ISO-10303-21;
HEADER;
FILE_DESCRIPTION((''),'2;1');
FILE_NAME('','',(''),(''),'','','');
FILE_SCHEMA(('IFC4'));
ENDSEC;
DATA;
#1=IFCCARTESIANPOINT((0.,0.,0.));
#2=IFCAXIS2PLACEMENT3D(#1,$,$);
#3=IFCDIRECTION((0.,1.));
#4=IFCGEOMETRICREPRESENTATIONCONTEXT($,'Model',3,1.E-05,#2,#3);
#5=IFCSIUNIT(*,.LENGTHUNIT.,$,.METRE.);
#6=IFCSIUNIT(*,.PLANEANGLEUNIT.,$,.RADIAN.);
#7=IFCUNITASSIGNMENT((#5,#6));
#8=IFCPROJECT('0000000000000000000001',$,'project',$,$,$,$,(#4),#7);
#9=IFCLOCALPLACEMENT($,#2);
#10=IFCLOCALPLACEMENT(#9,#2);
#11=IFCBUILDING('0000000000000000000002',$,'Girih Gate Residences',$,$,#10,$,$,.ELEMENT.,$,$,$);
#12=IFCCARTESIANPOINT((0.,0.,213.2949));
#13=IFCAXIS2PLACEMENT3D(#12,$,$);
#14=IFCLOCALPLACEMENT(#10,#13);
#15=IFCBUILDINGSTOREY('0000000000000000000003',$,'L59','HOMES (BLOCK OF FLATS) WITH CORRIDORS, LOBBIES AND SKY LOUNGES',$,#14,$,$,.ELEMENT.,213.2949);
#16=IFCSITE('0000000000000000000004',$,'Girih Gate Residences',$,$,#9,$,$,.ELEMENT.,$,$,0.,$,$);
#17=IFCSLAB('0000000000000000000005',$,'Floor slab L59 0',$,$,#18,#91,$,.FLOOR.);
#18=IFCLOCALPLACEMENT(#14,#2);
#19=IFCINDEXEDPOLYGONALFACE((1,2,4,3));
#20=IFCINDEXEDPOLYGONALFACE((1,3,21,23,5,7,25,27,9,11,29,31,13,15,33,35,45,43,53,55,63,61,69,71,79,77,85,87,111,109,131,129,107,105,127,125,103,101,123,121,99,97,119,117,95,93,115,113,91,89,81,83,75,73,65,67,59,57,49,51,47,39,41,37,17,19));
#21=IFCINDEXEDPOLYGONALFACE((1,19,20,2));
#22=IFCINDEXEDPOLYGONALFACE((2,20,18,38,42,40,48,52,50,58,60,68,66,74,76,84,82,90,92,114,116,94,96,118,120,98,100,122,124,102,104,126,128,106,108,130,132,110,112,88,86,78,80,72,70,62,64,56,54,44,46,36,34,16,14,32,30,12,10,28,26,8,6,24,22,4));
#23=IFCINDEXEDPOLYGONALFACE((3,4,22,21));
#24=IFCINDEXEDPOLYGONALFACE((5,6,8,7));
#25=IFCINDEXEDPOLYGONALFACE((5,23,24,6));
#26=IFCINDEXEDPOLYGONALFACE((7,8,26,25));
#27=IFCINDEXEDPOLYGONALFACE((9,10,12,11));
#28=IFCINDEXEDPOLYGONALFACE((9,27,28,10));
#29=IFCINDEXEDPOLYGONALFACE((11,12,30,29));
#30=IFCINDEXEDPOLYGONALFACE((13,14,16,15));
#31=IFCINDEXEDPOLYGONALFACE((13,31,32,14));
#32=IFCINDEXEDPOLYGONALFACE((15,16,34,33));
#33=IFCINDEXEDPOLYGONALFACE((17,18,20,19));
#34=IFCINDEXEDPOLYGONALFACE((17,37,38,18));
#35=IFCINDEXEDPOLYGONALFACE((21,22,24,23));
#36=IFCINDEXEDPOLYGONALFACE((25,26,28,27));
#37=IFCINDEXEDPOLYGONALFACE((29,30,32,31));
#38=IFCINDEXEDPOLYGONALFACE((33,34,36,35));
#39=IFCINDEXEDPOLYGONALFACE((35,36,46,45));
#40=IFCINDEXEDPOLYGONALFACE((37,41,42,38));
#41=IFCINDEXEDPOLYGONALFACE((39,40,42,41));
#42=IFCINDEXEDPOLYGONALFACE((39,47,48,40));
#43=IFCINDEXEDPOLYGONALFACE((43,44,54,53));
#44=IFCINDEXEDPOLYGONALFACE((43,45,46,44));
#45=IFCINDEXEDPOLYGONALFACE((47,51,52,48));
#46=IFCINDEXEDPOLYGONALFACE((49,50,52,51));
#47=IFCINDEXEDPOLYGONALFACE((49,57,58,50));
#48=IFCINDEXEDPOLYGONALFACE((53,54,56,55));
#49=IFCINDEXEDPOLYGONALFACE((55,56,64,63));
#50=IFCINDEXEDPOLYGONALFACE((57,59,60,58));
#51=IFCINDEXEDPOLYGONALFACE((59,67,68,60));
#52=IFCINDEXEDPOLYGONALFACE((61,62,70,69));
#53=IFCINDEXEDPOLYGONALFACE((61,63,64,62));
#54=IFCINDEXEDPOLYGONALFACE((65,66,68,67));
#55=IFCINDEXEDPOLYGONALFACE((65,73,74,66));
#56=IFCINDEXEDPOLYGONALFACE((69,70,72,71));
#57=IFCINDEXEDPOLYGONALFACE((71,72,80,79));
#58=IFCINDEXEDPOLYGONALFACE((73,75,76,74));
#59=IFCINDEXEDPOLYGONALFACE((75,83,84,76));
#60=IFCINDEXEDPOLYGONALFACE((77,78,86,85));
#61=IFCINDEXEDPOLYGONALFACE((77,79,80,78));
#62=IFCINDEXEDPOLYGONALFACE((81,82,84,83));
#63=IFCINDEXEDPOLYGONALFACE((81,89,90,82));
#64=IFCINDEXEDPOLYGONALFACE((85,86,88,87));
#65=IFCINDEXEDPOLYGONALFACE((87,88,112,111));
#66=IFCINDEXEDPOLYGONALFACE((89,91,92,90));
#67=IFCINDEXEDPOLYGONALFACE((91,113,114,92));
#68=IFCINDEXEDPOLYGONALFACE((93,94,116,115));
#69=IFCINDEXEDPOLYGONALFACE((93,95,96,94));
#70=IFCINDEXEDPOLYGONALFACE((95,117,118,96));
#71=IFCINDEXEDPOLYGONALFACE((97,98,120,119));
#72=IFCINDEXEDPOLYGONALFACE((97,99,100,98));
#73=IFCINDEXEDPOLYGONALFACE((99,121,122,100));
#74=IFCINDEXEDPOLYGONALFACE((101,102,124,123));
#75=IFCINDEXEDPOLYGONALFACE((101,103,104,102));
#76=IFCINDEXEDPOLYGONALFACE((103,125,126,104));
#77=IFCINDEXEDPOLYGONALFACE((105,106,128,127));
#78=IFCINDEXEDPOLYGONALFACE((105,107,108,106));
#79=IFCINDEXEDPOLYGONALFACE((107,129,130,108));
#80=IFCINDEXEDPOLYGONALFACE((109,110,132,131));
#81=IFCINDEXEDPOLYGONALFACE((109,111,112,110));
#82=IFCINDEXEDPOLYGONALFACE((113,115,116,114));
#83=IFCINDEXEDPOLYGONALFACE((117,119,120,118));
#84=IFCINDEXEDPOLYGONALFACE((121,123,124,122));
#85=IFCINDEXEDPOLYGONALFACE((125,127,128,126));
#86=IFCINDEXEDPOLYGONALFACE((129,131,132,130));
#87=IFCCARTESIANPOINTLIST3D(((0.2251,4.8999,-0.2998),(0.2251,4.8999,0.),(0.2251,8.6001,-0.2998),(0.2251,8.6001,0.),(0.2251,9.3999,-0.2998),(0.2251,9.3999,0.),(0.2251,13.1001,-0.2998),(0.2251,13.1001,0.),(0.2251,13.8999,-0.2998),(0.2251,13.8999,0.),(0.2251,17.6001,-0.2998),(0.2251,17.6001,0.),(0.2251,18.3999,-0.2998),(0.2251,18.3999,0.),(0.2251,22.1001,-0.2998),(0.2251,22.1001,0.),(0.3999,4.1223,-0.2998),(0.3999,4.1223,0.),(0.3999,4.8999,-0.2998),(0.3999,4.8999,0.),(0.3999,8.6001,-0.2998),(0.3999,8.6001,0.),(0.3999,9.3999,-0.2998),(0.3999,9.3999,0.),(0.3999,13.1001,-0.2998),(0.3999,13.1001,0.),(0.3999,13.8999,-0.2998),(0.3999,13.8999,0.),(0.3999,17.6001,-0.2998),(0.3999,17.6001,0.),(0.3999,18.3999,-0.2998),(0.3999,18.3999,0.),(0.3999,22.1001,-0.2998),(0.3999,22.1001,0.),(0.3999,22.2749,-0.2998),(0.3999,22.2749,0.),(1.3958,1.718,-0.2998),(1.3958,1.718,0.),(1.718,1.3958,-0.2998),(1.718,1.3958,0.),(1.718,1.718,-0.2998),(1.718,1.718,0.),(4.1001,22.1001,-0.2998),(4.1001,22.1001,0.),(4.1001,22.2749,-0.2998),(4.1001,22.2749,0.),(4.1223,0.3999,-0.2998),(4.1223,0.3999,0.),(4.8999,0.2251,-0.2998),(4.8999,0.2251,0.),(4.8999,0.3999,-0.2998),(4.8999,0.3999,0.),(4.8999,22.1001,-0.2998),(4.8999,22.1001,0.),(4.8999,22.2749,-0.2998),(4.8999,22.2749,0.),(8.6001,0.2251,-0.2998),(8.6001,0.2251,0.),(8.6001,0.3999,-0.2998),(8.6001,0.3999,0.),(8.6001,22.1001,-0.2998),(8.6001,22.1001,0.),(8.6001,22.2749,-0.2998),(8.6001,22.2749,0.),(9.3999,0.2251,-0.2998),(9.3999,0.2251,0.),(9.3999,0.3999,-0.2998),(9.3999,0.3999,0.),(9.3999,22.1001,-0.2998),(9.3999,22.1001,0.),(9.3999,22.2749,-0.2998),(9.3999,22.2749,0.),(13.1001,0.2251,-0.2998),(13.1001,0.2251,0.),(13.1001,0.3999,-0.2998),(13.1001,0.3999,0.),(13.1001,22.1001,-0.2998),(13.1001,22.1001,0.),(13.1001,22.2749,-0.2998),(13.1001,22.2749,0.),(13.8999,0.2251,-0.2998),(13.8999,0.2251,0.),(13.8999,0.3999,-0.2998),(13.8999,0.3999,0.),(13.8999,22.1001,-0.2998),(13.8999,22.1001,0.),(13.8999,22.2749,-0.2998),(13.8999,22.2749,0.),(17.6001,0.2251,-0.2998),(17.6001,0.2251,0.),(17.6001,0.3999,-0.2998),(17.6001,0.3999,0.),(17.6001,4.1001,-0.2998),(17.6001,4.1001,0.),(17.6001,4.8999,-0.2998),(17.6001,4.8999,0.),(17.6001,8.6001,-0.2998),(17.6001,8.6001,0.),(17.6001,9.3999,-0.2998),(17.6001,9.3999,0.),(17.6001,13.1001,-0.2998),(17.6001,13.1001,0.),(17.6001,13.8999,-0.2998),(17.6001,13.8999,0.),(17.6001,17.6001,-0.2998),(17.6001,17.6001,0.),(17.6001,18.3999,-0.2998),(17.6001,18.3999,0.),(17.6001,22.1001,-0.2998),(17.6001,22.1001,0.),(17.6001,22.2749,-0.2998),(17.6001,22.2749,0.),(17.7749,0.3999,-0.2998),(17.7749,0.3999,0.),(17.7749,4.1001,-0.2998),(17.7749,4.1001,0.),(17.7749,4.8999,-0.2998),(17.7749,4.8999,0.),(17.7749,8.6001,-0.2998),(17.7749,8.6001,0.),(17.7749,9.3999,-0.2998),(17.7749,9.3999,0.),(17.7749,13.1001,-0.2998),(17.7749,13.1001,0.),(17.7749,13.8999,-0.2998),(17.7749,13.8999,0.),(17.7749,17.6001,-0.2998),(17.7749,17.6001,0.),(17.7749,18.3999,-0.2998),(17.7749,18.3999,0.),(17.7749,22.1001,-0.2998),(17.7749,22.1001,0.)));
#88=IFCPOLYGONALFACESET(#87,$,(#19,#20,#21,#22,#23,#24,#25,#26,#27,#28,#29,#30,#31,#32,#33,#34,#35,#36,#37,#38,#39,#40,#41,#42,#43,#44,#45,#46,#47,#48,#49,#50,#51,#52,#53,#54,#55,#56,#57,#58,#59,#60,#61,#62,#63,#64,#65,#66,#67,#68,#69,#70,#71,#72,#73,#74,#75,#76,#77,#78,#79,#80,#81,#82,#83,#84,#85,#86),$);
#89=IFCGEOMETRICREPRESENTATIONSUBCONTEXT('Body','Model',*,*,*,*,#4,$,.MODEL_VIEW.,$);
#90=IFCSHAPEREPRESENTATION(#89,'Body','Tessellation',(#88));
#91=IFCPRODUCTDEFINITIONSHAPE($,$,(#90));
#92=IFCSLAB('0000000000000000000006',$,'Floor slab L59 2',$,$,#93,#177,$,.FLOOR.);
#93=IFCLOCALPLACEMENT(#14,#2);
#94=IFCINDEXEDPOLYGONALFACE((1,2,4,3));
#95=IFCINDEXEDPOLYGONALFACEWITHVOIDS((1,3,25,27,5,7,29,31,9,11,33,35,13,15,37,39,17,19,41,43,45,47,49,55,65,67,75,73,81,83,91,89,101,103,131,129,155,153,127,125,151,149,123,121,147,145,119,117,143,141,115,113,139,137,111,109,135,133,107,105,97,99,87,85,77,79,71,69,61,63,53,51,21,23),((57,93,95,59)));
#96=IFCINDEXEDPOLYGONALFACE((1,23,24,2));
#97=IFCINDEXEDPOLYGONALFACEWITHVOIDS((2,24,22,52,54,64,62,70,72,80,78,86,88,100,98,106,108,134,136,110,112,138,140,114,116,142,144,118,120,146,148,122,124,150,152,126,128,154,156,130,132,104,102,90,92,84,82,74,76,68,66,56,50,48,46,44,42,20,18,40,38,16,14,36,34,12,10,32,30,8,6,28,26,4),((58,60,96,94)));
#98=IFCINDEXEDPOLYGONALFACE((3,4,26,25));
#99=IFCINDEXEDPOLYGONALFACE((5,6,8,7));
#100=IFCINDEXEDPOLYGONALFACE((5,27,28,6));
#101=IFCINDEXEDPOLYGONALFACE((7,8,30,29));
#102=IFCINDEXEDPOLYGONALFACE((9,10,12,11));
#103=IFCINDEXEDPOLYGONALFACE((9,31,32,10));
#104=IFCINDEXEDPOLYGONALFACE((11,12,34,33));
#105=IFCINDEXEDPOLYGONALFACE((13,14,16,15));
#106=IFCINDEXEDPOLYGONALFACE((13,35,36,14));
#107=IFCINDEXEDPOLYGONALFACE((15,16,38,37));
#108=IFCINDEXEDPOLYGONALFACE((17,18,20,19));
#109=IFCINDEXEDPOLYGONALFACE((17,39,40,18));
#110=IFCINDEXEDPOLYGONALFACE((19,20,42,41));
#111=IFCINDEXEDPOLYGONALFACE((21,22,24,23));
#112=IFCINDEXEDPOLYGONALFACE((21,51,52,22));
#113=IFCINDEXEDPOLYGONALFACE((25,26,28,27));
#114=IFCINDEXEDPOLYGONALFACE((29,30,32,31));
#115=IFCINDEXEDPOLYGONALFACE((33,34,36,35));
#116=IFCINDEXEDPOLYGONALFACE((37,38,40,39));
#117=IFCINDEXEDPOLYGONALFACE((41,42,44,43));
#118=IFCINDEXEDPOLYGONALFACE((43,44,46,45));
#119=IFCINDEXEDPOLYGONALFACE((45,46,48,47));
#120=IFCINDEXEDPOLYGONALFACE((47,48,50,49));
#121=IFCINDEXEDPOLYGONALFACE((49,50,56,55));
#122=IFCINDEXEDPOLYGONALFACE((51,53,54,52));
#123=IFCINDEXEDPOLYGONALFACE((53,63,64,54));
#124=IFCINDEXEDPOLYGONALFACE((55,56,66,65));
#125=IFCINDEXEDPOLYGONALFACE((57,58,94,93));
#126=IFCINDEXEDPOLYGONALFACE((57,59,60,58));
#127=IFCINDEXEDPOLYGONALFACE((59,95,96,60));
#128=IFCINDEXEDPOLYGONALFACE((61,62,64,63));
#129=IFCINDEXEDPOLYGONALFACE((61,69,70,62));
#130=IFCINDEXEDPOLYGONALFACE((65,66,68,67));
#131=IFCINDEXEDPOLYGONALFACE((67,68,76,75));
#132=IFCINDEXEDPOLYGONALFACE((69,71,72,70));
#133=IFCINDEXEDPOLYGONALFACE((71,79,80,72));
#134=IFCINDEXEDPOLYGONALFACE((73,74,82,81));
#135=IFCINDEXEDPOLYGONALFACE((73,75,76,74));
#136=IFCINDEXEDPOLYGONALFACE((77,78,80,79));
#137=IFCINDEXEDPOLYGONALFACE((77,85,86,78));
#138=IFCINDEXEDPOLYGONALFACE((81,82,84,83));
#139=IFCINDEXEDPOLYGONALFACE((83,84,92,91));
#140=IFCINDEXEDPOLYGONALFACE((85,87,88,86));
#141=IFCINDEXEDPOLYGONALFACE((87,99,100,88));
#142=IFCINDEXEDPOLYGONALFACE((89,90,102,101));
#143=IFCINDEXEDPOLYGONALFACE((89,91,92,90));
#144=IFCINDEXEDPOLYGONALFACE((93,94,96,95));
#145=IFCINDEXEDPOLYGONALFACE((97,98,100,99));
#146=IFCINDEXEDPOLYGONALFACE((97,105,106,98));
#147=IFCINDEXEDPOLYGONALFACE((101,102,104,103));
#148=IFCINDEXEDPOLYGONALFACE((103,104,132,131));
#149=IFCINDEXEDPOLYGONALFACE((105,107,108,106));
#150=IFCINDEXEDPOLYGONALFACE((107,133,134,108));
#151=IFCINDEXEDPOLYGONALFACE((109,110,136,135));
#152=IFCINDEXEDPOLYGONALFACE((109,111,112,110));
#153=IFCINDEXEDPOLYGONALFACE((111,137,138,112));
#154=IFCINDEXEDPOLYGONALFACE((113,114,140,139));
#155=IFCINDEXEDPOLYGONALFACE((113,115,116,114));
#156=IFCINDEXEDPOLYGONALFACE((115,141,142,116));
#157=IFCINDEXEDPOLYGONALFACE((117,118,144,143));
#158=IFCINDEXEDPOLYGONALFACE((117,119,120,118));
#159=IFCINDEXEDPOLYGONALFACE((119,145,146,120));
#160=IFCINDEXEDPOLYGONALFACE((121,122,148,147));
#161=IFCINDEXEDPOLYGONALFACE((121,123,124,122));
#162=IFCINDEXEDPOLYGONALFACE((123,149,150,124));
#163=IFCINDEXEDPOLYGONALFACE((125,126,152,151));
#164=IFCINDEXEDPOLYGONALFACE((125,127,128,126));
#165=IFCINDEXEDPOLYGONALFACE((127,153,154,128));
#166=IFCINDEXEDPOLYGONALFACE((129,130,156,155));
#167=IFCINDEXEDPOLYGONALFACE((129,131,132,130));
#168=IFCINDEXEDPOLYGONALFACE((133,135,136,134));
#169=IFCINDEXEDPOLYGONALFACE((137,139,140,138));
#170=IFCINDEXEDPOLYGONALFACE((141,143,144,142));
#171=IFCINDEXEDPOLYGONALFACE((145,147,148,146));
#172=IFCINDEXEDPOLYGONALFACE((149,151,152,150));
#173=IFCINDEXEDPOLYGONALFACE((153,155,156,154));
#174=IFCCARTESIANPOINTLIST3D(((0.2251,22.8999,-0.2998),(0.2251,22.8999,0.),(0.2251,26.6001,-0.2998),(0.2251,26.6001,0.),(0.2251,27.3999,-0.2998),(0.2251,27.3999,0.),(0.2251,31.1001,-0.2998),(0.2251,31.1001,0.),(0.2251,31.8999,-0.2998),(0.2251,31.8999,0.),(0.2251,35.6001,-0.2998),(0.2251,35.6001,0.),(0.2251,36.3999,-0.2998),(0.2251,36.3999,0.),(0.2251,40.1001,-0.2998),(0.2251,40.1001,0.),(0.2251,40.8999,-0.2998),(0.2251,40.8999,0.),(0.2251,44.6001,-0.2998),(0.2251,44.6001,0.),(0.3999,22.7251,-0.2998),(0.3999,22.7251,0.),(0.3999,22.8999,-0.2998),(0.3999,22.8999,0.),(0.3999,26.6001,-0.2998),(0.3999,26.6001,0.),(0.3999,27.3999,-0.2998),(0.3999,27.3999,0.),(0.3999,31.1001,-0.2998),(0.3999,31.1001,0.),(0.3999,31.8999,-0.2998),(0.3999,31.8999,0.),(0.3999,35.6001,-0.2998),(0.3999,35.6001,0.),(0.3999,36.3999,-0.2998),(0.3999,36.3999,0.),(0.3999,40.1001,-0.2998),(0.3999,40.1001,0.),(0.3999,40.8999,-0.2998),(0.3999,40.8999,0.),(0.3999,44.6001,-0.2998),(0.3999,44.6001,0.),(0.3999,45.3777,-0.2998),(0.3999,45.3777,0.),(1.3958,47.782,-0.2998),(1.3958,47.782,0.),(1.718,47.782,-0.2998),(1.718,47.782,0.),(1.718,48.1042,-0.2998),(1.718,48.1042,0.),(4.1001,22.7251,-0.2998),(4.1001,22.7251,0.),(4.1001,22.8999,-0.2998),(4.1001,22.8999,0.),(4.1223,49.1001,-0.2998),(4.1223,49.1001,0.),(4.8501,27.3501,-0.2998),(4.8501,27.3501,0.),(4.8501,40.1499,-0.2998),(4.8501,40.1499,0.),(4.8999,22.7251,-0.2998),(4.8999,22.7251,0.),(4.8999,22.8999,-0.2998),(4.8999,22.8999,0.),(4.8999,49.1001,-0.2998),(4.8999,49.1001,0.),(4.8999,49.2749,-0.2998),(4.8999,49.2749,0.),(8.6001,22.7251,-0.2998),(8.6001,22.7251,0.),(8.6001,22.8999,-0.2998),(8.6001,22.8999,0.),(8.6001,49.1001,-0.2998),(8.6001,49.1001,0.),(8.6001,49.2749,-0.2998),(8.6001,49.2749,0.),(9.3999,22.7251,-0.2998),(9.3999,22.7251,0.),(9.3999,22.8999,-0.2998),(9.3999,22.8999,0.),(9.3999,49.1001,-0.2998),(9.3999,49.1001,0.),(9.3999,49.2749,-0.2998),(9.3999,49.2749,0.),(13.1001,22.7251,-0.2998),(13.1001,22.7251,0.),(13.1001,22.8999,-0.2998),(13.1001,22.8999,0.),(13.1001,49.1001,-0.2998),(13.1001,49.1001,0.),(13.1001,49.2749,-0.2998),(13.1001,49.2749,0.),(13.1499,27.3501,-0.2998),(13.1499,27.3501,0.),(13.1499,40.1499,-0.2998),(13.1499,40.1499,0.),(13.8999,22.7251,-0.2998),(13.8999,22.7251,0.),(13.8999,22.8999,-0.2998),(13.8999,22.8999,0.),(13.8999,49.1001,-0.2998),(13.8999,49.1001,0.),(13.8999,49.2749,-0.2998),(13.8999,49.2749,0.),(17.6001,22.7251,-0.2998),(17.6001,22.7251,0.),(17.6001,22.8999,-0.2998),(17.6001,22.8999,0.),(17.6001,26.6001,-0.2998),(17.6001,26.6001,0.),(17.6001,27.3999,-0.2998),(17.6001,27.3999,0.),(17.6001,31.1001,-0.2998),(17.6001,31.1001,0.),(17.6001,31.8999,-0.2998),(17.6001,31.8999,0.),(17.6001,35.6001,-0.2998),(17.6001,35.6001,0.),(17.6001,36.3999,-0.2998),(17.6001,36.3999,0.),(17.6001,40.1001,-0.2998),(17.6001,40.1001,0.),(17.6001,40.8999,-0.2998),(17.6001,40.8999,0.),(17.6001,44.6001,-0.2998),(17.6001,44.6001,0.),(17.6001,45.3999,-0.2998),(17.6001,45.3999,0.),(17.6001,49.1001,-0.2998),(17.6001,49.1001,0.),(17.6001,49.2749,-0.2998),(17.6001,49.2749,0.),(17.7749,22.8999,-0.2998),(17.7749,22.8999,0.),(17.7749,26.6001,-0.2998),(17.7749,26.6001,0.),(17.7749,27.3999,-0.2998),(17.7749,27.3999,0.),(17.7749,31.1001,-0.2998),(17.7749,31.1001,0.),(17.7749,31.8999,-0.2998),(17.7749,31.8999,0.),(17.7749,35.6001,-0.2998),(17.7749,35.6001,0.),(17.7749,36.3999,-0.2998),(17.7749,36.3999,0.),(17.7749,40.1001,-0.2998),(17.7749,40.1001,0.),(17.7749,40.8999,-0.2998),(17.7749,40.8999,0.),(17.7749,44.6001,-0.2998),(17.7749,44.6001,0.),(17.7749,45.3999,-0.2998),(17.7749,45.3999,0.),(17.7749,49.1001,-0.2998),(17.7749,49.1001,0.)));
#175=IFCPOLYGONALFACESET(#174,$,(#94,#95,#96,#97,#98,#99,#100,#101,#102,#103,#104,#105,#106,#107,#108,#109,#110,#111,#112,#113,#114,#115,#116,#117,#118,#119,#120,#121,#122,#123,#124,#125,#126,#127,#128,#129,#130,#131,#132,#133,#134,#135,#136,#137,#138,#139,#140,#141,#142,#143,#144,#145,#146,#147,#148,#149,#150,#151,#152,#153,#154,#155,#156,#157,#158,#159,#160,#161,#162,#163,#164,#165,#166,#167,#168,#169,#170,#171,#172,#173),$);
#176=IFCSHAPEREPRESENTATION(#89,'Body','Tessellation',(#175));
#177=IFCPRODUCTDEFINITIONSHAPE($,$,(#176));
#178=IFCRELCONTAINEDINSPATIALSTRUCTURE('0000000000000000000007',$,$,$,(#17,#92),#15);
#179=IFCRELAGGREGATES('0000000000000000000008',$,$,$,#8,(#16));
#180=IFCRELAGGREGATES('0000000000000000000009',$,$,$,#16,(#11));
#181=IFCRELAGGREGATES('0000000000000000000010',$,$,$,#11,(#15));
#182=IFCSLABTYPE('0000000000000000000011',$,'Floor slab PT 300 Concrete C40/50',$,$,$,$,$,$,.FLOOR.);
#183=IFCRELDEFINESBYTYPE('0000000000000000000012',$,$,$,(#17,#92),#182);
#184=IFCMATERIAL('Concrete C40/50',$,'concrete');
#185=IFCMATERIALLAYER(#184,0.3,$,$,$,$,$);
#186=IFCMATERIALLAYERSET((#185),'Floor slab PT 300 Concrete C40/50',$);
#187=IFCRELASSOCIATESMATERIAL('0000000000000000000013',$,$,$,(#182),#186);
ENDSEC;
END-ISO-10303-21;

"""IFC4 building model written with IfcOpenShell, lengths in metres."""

from ifc_helpers import new_model, si_unit, direction, frame, origin, place, context, subcontext, project, spatial, polyline, outline, extrude, material, layer, layer_set, type_object, element, save


model = new_model("IFC4")

# Units and contexts
model_context = context("Model", 3, precision=1e-05, world=origin(), true_north=direction((0.0, 1.0)))
body_context = subcontext(model_context, "Body", "Model", "MODEL_VIEW")
ifc_project = project(units=[si_unit("LENGTHUNIT", "METRE"), si_unit("PLANEANGLEUNIT", "RADIAN")], contexts=[model_context])

# Site, building, storey
site_placement = place(None, origin())
site = spatial("IfcSite", under=ifc_project, at=site_placement, Name="Girih Gate Residences", CompositionType="ELEMENT", RefElevation=0.0)
building_placement = place(site_placement, origin())
building = spatial("IfcBuilding", under=site, at=building_placement, Name="Girih Gate Residences", CompositionType="ELEMENT")
storey_placement = place(building_placement, frame((0.0, 0.0, 213.2949)))
storey = spatial("IfcBuildingStorey", under=building, at=storey_placement, Name="L59", Description="HOMES (BLOCK OF FLATS) WITH CORRIDORS, LOBBIES AND SKY LOUNGES", CompositionType="ELEMENT", Elevation=213.2949)

# Slabs
ifc_material_1 = material(Name="Concrete C40/50", Category="concrete")
ifc_layer_1 = layer(ifc_material_1, 0.3)
ifc_layer_set_1 = layer_set([ifc_layer_1], Name="Floor slab PT 300 Concrete C40/50")
slab_type_1 = type_object("IfcSlabType", Name="Floor slab PT 300 Concrete C40/50", PredefinedType="FLOOR", material=ifc_layer_set_1)
slab_1_placement = place(storey_placement, frame((0.0, 0.0, -0.2998)))
element("IfcSlab", 1, at=slab_1_placement, inside=storey, type_object=slab_type_1, Name="Floor slab L59 0", PredefinedType="FLOOR", context=body_context, shape_type="SweptSolid", body=[
    extrude(outline(polyline([(13.8999, 0.2251), (17.6001, 0.2251), (17.6001, 0.3999), (17.7749, 0.3999), (17.7749, 4.1001), (17.6001, 4.1001), (17.6001, 4.8999), (17.7749, 4.8999), (17.7749, 8.6001), (17.6001, 8.6001), (17.6001, 9.3999), (17.7749, 9.3999), (17.7749, 13.1001), (17.6001, 13.1001), (17.6001, 13.8999), (17.7749, 13.8999), (17.7749, 17.6001), (17.6001, 17.6001), (17.6001, 18.3999), (17.7749, 18.3999), (17.7749, 22.1001), (17.6001, 22.1001), (17.6001, 22.2749), (13.8999, 22.2749), (13.8999, 22.1001), (13.1001, 22.1001), (13.1001, 22.2749), (9.3999, 22.2749), (9.3999, 22.1001), (8.6001, 22.1001), (8.6001, 22.2749), (4.8999, 22.2749), (4.8999, 22.1001), (4.1001, 22.1001), (4.1001, 22.2749), (0.3999, 22.2749), (0.3999, 22.1001), (0.2251, 22.1001), (0.2251, 18.3999), (0.3999, 18.3999), (0.3999, 17.6001), (0.2251, 17.6001), (0.2251, 13.8999), (0.3999, 13.8999), (0.3999, 13.1001), (0.2251, 13.1001), (0.2251, 9.3999), (0.3999, 9.3999), (0.3999, 8.6001), (0.2251, 8.6001), (0.2251, 4.8999), (0.3999, 4.8999), (0.3999, 4.1223), (1.3958, 1.718), (1.718, 1.718), (1.718, 1.3958), (4.1223, 0.3999), (4.8999, 0.3999), (4.8999, 0.2251), (8.6001, 0.2251), (8.6001, 0.3999), (9.3999, 0.3999), (9.3999, 0.2251), (13.1001, 0.2251), (13.1001, 0.3999), (13.8999, 0.3999), (13.8999, 0.2251)])), origin(), (0.0, 0.0, 1.0), 0.2998),
])
slab_2_placement = place(storey_placement, frame((0.0, 0.0, -0.2998)))
element("IfcSlab", 2, at=slab_2_placement, inside=storey, type_object=slab_type_1, Name="Floor slab L59 2", PredefinedType="FLOOR", context=body_context, shape_type="SweptSolid", body=[
    extrude(outline(polyline([(0.2251, 26.6001), (0.2251, 22.8999), (0.3999, 22.8999), (0.3999, 22.7251), (4.1001, 22.7251), (4.1001, 22.8999), (4.8999, 22.8999), (4.8999, 22.7251), (8.6001, 22.7251), (8.6001, 22.8999), (9.3999, 22.8999), (9.3999, 22.7251), (13.1001, 22.7251), (13.1001, 22.8999), (13.8999, 22.8999), (13.8999, 22.7251), (17.6001, 22.7251), (17.6001, 22.8999), (17.7749, 22.8999), (17.7749, 26.6001), (17.6001, 26.6001), (17.6001, 27.3999), (17.7749, 27.3999), (17.7749, 31.1001), (17.6001, 31.1001), (17.6001, 31.8999), (17.7749, 31.8999), (17.7749, 35.6001), (17.6001, 35.6001), (17.6001, 36.3999), (17.7749, 36.3999), (17.7749, 40.1001), (17.6001, 40.1001), (17.6001, 40.8999), (17.7749, 40.8999), (17.7749, 44.6001), (17.6001, 44.6001), (17.6001, 45.3999), (17.7749, 45.3999), (17.7749, 49.1001), (17.6001, 49.1001), (17.6001, 49.2749), (13.8999, 49.2749), (13.8999, 49.1001), (13.1001, 49.1001), (13.1001, 49.2749), (9.3999, 49.2749), (9.3999, 49.1001), (8.6001, 49.1001), (8.6001, 49.2749), (4.8999, 49.2749), (4.8999, 49.1001), (4.1223, 49.1001), (1.718, 48.1042), (1.718, 47.782), (1.3958, 47.782), (0.3999, 45.3777), (0.3999, 44.6001), (0.2251, 44.6001), (0.2251, 40.8999), (0.3999, 40.8999), (0.3999, 40.1001), (0.2251, 40.1001), (0.2251, 36.3999), (0.3999, 36.3999), (0.3999, 35.6001), (0.2251, 35.6001), (0.2251, 31.8999), (0.3999, 31.8999), (0.3999, 31.1001), (0.2251, 31.1001), (0.2251, 27.3999), (0.3999, 27.3999), (0.3999, 26.6001), (0.2251, 26.6001)]), holes=[polyline([(13.1499, 40.1499), (13.1499, 27.3501), (4.8501, 27.3501), (4.8501, 40.1499), (13.1499, 40.1499)])]), origin(), (0.0, 0.0, 1.0), 0.2998),
])

save(model, "model.ifc")
